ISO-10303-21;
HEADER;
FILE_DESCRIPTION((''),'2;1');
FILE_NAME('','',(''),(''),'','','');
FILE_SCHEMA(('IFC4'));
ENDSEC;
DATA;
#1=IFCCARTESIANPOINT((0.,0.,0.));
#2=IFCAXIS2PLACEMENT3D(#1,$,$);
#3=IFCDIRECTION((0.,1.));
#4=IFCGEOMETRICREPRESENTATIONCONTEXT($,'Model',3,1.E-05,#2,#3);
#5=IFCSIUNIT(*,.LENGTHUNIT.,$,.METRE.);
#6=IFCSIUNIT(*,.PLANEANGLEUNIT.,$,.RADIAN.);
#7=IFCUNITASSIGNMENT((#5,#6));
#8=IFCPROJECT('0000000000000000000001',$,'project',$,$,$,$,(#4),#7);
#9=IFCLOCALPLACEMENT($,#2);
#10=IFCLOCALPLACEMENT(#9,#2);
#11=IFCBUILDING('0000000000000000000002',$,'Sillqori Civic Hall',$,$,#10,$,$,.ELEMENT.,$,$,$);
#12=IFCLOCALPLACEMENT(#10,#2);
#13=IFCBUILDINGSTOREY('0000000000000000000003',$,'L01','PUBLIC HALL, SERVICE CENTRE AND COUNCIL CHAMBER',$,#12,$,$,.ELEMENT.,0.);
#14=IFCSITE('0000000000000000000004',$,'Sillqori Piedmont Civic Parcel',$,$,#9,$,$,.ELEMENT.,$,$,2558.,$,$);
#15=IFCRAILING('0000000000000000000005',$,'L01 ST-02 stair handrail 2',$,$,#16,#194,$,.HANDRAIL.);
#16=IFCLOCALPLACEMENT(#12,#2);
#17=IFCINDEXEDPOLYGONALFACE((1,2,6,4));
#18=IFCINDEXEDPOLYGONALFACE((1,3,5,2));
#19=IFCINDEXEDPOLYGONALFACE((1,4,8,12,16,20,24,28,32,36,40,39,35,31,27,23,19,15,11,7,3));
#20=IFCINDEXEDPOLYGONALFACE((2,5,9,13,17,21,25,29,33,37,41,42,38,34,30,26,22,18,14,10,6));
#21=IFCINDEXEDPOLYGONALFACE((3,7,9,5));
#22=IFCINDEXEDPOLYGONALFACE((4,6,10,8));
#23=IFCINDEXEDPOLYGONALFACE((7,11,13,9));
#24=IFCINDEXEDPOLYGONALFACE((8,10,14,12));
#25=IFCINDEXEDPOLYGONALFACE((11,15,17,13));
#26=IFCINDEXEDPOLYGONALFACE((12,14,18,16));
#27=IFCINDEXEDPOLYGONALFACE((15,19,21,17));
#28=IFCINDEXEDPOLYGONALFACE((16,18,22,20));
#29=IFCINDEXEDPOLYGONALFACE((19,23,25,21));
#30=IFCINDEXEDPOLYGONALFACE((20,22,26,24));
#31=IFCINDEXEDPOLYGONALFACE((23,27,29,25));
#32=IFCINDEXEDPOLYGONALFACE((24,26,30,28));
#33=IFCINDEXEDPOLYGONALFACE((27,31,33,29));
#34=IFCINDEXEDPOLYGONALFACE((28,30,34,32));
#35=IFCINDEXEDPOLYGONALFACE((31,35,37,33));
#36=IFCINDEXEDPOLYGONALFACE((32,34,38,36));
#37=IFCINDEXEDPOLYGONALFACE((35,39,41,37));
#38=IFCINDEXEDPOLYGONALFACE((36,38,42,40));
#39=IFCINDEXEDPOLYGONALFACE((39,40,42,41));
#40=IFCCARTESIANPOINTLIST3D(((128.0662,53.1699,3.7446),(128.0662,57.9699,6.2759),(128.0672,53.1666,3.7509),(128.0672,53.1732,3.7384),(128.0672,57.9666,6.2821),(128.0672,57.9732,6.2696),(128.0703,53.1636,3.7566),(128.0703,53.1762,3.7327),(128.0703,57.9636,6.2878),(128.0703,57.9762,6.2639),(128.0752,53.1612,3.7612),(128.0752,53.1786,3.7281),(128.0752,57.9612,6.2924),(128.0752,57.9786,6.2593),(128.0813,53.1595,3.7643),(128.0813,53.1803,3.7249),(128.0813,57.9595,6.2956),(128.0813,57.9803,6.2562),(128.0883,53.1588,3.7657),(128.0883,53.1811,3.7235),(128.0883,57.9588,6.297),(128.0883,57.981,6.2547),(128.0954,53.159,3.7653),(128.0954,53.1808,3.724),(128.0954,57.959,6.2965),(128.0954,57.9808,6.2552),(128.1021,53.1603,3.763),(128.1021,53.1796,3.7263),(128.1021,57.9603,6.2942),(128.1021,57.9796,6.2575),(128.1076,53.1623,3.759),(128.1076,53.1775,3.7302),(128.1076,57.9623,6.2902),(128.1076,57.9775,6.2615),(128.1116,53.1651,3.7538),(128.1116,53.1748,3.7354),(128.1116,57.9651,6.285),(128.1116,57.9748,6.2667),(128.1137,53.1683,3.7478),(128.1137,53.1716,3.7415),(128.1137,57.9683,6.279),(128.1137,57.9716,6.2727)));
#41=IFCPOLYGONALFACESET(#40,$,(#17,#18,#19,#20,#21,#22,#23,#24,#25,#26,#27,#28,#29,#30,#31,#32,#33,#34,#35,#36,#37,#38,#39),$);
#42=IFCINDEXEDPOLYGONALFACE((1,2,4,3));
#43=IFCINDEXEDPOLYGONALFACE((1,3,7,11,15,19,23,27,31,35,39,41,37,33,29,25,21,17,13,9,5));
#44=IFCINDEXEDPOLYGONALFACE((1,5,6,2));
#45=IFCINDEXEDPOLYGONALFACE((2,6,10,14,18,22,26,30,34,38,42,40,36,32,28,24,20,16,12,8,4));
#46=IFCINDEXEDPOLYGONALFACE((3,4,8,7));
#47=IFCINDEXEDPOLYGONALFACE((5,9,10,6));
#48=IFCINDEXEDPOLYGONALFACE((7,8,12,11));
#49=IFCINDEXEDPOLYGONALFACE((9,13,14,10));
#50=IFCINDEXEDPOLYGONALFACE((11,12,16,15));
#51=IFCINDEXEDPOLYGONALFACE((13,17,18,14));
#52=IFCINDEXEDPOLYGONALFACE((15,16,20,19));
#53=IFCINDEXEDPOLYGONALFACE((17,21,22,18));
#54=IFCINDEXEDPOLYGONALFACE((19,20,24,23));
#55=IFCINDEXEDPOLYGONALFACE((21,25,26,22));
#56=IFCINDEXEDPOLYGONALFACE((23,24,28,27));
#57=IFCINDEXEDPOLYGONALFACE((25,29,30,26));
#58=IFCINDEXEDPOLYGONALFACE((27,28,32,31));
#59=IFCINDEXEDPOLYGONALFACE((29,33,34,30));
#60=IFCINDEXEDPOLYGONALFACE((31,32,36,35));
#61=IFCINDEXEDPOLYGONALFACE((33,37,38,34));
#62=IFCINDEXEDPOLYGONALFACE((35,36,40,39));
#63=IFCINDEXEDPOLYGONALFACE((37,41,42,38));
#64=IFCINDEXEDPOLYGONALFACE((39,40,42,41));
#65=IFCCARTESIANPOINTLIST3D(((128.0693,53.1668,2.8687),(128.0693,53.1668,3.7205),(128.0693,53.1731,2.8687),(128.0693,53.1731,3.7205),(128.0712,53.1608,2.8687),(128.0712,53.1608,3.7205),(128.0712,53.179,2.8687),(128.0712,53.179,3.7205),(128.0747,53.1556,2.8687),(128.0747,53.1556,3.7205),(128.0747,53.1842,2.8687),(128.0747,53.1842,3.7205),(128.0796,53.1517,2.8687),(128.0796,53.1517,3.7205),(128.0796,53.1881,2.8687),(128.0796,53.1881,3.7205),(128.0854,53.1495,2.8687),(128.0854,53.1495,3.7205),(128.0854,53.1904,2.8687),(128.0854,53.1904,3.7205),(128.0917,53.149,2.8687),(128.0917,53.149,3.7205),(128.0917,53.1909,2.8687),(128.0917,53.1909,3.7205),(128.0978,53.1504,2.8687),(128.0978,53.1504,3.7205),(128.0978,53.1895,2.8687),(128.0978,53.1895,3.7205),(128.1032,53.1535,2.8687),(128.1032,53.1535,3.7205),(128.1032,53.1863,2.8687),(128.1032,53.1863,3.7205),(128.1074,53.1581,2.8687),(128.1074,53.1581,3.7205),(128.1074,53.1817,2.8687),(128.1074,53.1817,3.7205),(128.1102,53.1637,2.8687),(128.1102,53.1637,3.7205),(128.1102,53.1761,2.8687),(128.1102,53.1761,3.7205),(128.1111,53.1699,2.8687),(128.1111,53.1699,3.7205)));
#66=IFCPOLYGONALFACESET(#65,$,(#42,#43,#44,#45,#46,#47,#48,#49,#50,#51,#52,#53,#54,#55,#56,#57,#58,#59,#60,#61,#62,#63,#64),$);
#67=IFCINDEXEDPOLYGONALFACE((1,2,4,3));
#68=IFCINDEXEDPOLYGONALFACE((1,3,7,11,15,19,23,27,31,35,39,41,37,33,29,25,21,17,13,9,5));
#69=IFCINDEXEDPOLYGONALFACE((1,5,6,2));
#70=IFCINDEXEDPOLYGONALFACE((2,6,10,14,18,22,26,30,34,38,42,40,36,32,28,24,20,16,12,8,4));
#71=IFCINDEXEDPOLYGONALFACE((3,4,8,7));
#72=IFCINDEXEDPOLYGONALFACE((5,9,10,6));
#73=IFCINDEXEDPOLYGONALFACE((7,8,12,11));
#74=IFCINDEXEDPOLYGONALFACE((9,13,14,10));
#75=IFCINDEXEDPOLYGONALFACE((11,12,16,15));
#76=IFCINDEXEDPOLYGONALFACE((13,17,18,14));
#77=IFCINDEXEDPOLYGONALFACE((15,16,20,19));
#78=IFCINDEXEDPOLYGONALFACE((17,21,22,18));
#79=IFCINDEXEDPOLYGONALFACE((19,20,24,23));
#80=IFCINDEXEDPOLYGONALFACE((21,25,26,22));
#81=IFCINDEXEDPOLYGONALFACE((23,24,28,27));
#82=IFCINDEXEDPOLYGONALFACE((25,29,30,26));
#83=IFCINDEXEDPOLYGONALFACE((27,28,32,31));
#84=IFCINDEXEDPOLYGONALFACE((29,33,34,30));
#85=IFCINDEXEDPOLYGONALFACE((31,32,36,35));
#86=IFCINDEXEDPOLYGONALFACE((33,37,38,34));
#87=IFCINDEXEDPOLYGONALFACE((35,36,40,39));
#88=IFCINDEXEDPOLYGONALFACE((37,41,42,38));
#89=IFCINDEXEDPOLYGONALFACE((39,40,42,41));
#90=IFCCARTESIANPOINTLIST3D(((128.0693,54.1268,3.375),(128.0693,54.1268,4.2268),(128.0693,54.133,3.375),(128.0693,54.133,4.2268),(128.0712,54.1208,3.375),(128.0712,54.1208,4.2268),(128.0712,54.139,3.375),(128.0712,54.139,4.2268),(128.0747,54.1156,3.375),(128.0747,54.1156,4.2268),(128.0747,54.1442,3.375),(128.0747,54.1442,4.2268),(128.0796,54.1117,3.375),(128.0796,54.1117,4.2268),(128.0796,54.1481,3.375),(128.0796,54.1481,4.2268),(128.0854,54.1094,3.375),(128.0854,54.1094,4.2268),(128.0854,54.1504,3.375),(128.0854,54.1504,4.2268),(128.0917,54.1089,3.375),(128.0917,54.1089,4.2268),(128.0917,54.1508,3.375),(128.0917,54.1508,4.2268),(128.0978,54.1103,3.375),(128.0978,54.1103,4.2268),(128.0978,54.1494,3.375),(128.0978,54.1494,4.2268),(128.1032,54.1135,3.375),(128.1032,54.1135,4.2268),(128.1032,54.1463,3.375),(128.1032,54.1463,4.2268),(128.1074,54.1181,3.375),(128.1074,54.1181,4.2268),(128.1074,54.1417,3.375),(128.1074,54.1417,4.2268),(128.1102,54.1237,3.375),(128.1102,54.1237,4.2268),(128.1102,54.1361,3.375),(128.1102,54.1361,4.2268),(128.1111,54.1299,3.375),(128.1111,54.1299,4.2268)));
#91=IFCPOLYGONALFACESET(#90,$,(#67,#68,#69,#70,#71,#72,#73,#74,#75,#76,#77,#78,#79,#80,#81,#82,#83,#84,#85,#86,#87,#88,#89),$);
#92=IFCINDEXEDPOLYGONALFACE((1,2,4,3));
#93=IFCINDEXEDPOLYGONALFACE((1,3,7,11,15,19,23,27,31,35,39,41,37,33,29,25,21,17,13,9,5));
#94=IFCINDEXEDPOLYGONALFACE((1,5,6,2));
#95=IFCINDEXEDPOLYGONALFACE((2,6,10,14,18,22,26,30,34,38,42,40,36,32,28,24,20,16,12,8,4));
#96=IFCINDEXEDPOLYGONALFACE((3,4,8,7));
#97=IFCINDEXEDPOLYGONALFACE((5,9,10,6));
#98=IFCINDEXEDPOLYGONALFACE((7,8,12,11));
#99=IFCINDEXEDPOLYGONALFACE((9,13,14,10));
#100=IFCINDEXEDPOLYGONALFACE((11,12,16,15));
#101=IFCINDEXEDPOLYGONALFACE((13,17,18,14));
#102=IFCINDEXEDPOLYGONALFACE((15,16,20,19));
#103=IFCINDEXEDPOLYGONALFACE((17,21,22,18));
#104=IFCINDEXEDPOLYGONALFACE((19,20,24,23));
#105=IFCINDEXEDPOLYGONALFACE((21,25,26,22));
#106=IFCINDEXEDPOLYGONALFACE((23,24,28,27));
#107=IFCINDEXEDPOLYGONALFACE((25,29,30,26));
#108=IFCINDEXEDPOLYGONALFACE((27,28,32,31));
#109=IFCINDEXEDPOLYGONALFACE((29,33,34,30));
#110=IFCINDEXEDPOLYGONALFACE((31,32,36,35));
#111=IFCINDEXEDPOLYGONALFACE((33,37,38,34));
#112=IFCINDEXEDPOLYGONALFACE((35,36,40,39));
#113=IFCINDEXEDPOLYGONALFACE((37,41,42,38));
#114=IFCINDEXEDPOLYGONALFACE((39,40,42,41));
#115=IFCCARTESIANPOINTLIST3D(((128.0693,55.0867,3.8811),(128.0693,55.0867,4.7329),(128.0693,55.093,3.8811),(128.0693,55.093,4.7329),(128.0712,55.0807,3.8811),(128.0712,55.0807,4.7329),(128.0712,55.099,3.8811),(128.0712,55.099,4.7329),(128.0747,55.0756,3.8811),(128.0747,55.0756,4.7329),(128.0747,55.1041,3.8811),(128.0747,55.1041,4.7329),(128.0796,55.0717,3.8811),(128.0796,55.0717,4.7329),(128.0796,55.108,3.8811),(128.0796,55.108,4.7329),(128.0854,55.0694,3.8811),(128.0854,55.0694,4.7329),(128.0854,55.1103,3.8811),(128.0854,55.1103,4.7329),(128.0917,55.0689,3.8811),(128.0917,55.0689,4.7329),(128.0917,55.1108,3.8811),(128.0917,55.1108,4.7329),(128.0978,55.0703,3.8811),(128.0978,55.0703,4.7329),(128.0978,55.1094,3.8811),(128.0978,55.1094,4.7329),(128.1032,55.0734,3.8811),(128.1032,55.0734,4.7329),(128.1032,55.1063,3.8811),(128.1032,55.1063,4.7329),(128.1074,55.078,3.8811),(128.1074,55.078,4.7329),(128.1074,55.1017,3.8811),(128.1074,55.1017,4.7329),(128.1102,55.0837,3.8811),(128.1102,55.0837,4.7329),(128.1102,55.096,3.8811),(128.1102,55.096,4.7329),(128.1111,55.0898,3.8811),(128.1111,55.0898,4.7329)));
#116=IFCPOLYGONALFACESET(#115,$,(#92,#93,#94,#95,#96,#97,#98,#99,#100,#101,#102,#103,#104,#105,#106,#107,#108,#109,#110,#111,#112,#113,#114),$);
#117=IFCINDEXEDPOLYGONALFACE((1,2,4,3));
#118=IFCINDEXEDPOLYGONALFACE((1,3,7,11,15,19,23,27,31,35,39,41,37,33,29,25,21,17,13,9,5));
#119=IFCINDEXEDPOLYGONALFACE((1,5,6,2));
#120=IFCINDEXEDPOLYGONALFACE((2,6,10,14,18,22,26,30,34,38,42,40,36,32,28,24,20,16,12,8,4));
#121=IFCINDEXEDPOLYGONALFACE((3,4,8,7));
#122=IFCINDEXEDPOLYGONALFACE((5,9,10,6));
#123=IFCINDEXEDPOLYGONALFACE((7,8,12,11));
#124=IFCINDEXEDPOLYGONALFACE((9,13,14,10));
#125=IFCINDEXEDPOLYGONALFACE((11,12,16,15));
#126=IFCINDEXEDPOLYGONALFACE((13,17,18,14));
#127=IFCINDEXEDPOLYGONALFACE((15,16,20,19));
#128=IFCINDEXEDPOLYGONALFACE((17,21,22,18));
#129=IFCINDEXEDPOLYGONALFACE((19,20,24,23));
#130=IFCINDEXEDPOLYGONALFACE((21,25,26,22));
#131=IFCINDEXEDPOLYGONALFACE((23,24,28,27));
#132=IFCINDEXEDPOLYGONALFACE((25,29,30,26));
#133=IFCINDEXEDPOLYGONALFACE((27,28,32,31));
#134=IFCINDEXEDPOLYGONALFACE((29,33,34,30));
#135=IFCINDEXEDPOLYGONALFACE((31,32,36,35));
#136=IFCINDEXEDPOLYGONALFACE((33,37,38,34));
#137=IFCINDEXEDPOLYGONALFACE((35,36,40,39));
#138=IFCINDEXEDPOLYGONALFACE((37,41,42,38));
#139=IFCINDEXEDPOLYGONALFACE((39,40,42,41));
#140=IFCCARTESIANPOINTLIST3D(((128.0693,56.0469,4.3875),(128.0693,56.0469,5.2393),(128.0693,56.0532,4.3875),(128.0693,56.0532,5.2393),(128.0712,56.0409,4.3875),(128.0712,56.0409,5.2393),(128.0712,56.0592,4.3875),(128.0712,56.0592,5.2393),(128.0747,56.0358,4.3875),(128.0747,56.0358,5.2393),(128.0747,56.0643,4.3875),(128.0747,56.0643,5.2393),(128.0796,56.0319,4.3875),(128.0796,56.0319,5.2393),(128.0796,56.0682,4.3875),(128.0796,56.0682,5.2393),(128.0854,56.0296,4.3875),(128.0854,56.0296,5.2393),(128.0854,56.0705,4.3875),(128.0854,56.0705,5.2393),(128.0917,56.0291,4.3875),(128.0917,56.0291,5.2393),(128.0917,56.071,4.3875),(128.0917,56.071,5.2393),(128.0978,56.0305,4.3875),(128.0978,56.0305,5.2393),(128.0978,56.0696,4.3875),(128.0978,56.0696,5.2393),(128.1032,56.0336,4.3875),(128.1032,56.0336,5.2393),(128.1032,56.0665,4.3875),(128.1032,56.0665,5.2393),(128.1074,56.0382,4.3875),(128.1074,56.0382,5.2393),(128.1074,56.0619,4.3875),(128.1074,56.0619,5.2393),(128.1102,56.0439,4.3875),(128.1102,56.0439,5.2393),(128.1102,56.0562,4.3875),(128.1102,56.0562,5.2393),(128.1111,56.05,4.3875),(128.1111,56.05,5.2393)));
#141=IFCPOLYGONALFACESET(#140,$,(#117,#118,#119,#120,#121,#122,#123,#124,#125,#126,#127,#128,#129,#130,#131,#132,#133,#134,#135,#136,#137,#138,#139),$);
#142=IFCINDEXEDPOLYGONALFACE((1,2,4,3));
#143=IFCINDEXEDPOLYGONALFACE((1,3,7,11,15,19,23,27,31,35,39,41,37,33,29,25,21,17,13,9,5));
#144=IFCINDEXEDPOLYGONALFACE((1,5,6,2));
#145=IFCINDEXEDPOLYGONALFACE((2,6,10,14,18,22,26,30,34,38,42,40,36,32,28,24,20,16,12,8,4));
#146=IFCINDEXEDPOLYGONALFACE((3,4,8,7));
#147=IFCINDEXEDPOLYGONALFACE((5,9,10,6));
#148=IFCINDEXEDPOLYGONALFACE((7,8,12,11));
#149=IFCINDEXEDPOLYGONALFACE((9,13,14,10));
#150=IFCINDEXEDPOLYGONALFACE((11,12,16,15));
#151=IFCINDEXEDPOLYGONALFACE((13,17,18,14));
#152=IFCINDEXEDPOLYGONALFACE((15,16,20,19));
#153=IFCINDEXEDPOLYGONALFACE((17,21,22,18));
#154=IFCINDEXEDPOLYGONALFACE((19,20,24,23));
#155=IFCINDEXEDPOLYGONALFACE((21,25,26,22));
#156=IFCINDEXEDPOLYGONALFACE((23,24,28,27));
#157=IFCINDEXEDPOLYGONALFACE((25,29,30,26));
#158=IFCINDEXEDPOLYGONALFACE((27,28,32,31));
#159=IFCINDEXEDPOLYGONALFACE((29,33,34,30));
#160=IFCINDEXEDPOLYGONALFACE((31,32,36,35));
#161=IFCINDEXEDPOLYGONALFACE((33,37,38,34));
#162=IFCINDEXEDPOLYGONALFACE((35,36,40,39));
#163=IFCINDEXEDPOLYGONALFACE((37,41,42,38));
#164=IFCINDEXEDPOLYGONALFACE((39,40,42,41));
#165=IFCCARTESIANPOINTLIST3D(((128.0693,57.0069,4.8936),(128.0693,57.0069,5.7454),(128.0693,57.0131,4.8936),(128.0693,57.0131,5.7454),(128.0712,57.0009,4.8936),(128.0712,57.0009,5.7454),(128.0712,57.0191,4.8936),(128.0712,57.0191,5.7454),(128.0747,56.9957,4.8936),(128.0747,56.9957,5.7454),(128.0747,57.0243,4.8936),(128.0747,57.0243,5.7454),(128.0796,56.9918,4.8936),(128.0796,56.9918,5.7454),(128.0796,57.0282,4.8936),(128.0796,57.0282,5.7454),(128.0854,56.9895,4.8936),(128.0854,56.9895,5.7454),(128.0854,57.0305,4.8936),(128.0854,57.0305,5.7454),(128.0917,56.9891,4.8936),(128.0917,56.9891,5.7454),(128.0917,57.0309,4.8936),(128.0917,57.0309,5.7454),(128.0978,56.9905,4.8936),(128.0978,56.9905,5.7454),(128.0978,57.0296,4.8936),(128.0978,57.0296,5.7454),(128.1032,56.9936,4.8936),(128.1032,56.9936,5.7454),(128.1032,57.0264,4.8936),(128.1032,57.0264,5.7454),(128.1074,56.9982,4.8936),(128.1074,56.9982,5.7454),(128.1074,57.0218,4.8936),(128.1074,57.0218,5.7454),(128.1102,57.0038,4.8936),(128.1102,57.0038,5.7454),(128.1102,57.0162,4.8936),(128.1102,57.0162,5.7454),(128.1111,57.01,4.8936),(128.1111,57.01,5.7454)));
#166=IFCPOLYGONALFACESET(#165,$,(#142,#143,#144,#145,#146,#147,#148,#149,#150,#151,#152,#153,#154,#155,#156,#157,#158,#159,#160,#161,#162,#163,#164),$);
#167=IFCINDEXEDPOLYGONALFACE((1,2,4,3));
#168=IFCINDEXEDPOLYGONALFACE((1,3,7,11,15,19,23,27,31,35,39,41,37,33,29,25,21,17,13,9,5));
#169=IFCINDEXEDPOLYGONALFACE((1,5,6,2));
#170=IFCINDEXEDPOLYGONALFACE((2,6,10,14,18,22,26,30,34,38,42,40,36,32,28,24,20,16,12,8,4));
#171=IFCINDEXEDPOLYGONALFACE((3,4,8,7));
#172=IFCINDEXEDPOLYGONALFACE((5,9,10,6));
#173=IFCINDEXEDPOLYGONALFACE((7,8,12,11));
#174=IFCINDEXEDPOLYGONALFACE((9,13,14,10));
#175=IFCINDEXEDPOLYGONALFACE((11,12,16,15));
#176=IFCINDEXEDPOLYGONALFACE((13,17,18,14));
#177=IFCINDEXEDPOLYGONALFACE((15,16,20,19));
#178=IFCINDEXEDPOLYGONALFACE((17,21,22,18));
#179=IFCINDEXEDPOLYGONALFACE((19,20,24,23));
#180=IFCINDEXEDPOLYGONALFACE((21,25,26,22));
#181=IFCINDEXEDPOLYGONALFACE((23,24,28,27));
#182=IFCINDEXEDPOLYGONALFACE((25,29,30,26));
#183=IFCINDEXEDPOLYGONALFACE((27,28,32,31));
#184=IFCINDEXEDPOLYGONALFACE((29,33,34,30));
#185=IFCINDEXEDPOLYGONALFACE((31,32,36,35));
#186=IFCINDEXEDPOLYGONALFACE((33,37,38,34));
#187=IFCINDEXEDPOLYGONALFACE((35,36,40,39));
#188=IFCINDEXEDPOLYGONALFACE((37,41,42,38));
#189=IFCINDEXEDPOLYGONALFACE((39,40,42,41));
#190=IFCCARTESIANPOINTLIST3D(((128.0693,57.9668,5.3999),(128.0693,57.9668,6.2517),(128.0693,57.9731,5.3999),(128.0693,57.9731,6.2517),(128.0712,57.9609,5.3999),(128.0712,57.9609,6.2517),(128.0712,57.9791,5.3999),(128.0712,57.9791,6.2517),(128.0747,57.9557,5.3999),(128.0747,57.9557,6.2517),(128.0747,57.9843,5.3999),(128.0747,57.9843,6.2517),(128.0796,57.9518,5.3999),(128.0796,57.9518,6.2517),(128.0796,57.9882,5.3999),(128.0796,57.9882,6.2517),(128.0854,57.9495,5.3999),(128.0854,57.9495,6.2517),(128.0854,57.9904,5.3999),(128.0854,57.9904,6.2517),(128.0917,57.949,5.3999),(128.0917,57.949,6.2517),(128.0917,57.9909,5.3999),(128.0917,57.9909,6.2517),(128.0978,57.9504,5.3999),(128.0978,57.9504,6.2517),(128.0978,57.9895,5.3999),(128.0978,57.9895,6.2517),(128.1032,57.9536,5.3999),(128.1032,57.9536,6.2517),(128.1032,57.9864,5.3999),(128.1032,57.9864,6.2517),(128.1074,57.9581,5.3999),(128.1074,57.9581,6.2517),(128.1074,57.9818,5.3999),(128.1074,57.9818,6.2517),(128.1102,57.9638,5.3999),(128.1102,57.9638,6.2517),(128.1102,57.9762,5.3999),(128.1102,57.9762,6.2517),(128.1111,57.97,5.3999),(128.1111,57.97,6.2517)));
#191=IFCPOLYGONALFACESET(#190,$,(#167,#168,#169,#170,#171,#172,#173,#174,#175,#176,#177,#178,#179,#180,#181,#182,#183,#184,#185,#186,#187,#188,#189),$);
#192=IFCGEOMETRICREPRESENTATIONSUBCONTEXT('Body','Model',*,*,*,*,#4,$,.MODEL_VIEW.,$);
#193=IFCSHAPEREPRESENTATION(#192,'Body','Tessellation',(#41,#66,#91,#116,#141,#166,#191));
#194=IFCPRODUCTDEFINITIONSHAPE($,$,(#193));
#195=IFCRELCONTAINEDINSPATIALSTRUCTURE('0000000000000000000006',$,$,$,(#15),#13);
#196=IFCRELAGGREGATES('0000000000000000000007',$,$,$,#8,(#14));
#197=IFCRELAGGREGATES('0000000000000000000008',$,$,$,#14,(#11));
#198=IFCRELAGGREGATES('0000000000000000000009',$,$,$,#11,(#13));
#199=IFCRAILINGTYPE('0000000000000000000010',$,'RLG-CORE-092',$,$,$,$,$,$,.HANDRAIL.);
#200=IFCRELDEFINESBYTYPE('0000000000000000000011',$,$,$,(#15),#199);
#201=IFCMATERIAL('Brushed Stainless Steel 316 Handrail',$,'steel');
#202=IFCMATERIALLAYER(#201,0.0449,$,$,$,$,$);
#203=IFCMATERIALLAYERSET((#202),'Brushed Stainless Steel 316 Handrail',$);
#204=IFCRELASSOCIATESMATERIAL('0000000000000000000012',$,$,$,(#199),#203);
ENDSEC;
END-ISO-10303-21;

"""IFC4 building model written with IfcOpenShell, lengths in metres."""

from ifc_helpers import new_model, si_unit, direction, frame, origin, origin_2d, place, context, subcontext, project, spatial, circle, extrude, material, layer, layer_set, type_object, element, save


model = new_model("IFC4")

# Units and contexts
model_context = context("Model", 3, precision=1e-05, world=origin(), true_north=direction((0.0, 1.0)))
body_context = subcontext(model_context, "Body", "Model", "MODEL_VIEW")
ifc_project = project(units=[si_unit("LENGTHUNIT", "METRE"), si_unit("PLANEANGLEUNIT", "RADIAN")], contexts=[model_context])

# Site, building, storey
site_placement = place(None, origin())
site = spatial("IfcSite", under=ifc_project, at=site_placement, Name="Sillqori Piedmont Civic Parcel", CompositionType="ELEMENT", RefElevation=2558.0)
building_placement = place(site_placement, origin())
building = spatial("IfcBuilding", under=site, at=building_placement, Name="Sillqori Civic Hall", CompositionType="ELEMENT")
storey_placement = place(building_placement, origin())
storey = spatial("IfcBuildingStorey", under=building, at=storey_placement, Name="L01", Description="PUBLIC HALL, SERVICE CENTRE AND COUNCIL CHAMBER", CompositionType="ELEMENT", Elevation=0.0)

# Railing
ifc_material_1 = material(Name="Brushed Stainless Steel 316 Handrail", Category="steel")
ifc_layer_1 = layer(ifc_material_1, 0.0449)
ifc_layer_set_1 = layer_set([ifc_layer_1], Name="Brushed Stainless Steel 316 Handrail")
railing_type_1 = type_object("IfcRailingType", Name="RLG-CORE-092", PredefinedType="HANDRAIL", material=ifc_layer_set_1)
railing_1_placement = place(storey_placement, frame((128.0901, 53.1699, 2.8687)))
element("IfcRailing", 1, at=railing_1_placement, inside=storey, type_object=railing_type_1, Name="L01 ST-02 stair handrail 2", PredefinedType="HANDRAIL", context=body_context, shape_type="SweptSolid", body=[
    extrude(circle(Radius=0.0239, at=origin_2d()), frame((0.0, 0.0, 0.876), z_axis=(0.0, 0.884545, 0.466455), x_axis=(-1.0, 0.0, 0.0)), (0.0, 0.0, 1.0), 5.4265),
    extrude(circle(Radius=0.021, at=origin_2d()), origin(), (0.0, 0.0, 1.0), 0.8518),
    extrude(circle(Radius=0.021, at=origin_2d()), frame((0.0, 0.96, 0.5063)), (0.0, 0.0, 1.0), 0.8518),
    extrude(circle(Radius=0.021, at=origin_2d()), frame((0.0, 1.9199, 1.0125)), (0.0, 0.0, 1.0), 0.8518),
    extrude(circle(Radius=0.021, at=origin_2d()), frame((0.0, 2.8801, 1.5188)), (0.0, 0.0, 1.0), 0.8518),
    extrude(circle(Radius=0.021, at=origin_2d()), frame((0.0, 3.8401, 2.0249)), (0.0, 0.0, 1.0), 0.8518),
    extrude(circle(Radius=0.021, at=origin_2d()), frame((0.0, 4.8, 2.5312)), (0.0, 0.0, 1.0), 0.8518),
])

save(model, "model.ifc")
